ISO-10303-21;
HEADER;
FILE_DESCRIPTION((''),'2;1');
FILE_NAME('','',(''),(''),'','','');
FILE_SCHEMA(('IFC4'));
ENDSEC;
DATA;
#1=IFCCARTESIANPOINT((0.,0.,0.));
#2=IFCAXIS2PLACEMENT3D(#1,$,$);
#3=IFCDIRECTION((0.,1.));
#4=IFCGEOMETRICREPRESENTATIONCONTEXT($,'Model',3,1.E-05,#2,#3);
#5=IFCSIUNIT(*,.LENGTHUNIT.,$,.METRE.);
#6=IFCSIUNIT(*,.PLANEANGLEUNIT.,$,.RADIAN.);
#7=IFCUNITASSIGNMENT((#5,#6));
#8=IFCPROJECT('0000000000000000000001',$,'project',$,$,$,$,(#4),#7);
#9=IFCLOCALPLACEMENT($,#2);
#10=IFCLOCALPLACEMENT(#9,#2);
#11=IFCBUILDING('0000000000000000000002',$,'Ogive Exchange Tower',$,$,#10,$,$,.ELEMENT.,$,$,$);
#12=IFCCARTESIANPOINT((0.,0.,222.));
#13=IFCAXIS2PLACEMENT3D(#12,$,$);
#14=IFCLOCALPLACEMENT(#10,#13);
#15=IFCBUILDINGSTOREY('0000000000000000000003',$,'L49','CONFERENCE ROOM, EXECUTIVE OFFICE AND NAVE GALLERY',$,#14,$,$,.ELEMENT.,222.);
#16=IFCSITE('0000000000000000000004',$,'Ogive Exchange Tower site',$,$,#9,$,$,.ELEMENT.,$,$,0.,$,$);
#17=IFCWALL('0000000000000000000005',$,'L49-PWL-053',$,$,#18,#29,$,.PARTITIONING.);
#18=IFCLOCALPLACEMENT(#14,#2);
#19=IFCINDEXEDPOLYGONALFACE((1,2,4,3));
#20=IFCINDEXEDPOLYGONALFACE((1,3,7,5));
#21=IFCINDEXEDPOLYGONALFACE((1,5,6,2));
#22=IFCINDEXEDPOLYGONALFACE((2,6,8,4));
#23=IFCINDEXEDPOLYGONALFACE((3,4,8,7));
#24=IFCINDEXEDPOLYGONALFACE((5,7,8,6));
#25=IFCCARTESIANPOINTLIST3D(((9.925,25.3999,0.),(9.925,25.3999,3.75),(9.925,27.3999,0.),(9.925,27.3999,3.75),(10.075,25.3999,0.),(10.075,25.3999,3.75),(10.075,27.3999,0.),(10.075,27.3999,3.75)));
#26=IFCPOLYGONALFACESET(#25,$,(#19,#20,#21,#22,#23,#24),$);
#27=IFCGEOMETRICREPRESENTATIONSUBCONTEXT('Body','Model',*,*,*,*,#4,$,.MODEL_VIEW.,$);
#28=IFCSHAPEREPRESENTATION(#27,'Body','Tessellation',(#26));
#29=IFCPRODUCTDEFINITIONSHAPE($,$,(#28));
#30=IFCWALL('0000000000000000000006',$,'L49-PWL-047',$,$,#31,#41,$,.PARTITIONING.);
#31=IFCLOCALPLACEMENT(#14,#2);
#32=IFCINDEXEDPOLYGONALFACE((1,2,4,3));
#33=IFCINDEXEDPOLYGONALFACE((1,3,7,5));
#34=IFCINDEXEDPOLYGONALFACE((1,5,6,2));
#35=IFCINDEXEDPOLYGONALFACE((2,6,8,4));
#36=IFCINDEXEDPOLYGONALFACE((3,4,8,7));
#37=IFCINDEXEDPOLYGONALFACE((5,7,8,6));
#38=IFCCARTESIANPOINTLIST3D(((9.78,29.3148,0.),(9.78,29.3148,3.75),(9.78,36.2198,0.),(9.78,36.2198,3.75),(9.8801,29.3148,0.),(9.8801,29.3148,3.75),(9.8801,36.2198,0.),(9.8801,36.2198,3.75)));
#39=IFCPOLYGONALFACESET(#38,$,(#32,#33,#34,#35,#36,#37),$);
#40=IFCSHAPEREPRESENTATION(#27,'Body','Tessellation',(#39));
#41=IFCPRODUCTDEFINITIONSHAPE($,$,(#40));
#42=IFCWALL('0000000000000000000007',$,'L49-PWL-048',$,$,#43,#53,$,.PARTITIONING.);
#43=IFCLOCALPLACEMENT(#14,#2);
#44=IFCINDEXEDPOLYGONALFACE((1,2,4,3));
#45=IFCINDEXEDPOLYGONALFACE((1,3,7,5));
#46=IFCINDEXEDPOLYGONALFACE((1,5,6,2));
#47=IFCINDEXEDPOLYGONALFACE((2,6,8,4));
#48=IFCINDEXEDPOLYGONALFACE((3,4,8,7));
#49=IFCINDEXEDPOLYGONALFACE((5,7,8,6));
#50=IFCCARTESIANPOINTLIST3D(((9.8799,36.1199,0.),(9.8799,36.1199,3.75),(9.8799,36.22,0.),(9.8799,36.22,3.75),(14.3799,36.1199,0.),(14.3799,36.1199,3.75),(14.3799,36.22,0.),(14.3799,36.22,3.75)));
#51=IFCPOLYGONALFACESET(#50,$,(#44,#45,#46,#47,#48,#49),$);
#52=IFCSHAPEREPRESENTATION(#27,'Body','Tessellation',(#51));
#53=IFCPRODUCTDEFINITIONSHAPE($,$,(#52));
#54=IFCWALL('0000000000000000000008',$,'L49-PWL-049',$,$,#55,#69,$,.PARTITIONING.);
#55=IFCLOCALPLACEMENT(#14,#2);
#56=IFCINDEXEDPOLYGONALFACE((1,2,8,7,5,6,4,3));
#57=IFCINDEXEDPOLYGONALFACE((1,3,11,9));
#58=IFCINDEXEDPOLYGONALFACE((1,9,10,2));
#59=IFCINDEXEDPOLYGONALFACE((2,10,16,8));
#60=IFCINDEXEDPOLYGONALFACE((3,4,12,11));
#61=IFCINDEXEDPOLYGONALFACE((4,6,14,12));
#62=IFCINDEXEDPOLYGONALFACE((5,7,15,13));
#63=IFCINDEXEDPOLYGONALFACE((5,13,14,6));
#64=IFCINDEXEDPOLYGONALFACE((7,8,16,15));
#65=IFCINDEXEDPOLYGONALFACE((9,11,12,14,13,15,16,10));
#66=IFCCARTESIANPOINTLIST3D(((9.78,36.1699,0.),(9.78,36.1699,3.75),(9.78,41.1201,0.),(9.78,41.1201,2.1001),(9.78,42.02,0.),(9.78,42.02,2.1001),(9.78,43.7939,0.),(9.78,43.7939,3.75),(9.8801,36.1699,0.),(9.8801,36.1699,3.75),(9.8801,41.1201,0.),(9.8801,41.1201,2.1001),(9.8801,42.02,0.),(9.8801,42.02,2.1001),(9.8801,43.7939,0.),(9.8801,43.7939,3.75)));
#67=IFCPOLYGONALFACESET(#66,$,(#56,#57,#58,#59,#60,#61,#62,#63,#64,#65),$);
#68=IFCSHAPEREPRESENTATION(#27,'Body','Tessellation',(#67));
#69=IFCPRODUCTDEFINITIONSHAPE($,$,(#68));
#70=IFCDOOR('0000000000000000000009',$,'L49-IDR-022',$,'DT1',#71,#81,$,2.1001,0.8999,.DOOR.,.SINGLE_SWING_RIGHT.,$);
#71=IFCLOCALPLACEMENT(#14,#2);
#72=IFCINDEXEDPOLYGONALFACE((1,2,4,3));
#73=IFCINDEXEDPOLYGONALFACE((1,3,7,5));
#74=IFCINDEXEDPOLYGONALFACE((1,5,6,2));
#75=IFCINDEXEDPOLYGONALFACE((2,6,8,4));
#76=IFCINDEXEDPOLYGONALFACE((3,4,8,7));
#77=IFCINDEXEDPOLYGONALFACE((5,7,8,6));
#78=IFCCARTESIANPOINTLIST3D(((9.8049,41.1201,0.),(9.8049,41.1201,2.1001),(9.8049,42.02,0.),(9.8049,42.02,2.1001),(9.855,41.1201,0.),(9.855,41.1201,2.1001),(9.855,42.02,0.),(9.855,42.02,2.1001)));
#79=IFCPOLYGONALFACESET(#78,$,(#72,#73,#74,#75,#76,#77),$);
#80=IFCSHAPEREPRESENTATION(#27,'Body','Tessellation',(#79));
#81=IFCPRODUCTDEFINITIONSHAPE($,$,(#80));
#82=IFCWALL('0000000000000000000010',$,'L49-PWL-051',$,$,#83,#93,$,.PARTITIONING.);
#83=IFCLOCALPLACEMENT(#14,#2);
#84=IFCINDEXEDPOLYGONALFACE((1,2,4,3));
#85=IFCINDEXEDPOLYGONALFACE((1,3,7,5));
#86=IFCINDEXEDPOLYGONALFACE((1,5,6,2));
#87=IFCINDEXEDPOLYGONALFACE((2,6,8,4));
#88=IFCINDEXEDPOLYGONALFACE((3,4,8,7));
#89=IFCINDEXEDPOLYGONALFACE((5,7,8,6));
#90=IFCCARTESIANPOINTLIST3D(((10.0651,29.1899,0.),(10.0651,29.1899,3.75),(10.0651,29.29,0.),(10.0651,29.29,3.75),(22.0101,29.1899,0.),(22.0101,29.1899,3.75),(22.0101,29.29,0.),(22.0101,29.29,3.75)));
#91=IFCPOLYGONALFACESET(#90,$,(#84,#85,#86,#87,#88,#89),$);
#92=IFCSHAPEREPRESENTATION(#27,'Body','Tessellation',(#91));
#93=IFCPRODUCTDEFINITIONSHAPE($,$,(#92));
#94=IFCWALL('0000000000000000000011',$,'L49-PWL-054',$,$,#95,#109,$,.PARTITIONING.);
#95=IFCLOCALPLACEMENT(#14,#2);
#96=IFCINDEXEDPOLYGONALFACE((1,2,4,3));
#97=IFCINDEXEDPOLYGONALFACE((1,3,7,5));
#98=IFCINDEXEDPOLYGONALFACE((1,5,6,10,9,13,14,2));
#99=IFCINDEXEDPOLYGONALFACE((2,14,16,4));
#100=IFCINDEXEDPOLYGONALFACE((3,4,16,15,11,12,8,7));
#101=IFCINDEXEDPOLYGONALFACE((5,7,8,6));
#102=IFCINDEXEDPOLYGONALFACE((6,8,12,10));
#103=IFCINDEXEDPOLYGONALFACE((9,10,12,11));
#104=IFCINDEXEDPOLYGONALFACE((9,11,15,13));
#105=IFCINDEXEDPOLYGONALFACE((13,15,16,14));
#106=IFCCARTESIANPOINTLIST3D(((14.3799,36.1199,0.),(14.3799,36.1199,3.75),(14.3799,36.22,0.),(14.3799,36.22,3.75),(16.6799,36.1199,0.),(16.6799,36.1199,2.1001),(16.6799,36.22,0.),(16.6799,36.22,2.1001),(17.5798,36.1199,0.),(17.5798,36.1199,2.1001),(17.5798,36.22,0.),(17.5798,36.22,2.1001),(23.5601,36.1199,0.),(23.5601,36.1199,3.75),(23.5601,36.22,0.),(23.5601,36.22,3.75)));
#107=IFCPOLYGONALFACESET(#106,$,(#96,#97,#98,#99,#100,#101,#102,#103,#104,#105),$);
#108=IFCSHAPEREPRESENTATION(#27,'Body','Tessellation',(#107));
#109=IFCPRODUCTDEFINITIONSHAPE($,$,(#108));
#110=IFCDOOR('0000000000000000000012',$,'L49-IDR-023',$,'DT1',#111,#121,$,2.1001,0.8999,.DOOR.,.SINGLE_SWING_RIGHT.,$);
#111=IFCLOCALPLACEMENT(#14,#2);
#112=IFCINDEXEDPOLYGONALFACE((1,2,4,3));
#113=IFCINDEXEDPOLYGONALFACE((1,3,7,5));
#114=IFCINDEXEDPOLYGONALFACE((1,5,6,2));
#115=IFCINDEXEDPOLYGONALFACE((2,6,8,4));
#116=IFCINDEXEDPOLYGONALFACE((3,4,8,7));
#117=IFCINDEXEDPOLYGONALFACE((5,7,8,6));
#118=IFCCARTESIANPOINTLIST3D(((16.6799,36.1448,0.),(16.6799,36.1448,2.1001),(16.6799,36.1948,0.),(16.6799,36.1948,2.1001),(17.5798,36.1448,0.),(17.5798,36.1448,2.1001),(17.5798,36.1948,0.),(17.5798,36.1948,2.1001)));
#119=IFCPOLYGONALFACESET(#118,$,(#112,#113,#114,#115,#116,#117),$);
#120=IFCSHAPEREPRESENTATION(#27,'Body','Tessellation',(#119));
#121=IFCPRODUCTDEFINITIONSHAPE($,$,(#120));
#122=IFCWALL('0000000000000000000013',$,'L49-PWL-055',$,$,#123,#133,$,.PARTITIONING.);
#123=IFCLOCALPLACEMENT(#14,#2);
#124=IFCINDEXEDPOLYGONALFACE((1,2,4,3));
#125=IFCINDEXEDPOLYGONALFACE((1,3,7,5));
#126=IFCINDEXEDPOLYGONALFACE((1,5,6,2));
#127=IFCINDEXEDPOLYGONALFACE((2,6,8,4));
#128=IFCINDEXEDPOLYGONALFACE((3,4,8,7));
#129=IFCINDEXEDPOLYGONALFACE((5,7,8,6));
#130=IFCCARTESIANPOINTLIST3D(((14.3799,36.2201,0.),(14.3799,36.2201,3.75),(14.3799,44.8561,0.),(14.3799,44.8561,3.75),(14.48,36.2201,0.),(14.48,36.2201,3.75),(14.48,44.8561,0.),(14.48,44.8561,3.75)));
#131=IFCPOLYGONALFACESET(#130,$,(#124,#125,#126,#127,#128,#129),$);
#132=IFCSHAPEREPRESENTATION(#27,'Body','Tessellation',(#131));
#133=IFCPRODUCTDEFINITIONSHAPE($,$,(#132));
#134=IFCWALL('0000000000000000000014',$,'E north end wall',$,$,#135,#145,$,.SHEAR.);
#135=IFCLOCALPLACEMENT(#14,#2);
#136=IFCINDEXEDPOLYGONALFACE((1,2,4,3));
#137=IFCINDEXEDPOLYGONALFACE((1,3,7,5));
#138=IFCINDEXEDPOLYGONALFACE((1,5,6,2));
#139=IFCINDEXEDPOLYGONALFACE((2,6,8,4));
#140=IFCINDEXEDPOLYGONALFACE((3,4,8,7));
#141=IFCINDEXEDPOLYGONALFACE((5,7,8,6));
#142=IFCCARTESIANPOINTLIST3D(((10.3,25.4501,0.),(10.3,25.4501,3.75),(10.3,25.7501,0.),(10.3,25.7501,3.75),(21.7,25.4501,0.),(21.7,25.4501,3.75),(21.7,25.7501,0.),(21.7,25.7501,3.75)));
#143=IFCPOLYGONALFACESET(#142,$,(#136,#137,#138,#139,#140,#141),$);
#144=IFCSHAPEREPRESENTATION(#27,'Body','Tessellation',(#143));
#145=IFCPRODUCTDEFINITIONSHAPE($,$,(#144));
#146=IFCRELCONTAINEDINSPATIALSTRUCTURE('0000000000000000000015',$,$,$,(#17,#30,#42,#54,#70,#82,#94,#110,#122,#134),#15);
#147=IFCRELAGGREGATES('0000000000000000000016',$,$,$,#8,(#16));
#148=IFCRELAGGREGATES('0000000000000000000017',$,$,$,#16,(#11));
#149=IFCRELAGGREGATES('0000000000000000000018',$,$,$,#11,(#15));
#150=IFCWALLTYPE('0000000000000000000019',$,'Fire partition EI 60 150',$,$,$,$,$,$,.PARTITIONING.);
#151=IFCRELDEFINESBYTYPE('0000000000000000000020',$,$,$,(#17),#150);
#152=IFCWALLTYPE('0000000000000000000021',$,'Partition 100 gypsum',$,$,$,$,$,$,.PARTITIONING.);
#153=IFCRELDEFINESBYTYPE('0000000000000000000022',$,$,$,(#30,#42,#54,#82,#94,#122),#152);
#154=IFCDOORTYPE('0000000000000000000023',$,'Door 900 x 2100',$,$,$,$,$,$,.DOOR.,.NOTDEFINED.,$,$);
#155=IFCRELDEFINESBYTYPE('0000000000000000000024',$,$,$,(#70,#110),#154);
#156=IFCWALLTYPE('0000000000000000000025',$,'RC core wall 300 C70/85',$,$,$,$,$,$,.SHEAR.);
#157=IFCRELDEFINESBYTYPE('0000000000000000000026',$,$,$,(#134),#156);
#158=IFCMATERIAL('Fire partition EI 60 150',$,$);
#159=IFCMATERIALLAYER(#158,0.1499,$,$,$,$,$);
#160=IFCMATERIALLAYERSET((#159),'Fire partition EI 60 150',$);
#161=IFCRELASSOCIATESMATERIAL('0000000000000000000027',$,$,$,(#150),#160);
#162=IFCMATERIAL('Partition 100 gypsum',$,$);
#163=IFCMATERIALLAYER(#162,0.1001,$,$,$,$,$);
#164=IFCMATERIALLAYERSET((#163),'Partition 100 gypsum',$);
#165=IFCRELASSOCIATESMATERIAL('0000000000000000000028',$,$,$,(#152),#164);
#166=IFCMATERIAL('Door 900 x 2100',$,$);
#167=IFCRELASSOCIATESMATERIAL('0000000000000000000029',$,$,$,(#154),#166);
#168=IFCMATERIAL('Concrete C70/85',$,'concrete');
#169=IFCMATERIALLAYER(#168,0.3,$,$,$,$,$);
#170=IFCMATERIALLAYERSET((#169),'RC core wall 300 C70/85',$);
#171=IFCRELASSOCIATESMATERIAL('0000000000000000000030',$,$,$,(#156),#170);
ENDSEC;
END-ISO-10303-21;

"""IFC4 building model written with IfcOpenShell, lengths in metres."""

from ifc_helpers import new_model, si_unit, direction, frame, frame_2d, origin, place, context, subcontext, project, spatial, rectangle, extrude, material, layer, layer_set, type_object, element, fill, save


model = new_model("IFC4")

# Units and contexts
model_context = context("Model", 3, precision=1e-05, world=origin(), true_north=direction((0.0, 1.0)))
body_context = subcontext(model_context, "Body", "Model", "MODEL_VIEW")
ifc_project = project(units=[si_unit("LENGTHUNIT", "METRE"), si_unit("PLANEANGLEUNIT", "RADIAN")], contexts=[model_context])

# Site, building, storey
site_placement = place(None, origin())
site = spatial("IfcSite", under=ifc_project, at=site_placement, Name="Ogive Exchange Tower site", CompositionType="ELEMENT", RefElevation=0.0)
building_placement = place(site_placement, origin())
building = spatial("IfcBuilding", under=site, at=building_placement, Name="Ogive Exchange Tower", CompositionType="ELEMENT")
storey_placement = place(building_placement, frame((0.0, 0.0, 222.0)))
storey = spatial("IfcBuildingStorey", under=building, at=storey_placement, Name="L49", Description="CONFERENCE ROOM, EXECUTIVE OFFICE AND NAVE GALLERY", CompositionType="ELEMENT", Elevation=222.0)

# Shared definitions
ifc_material_1 = material(Name="Fire partition EI 60 150")
ifc_layer_1 = layer(ifc_material_1, 0.1499)
ifc_layer_set_1 = layer_set([ifc_layer_1], Name="Fire partition EI 60 150")
wall_type_1 = type_object("IfcWallType", Name="Fire partition EI 60 150", PredefinedType="PARTITIONING", material=ifc_layer_set_1)

# Walls
wall_1_placement = place(storey_placement, frame((10.0, 27.3999, 0.0), z_axis=(0.0, 0.0, 1.0), x_axis=(0.0, -1.0, 0.0)))
element("IfcWall", 1, at=wall_1_placement, inside=storey, type_object=wall_type_1, Name="L49-PWL-053", PredefinedType="PARTITIONING", context=body_context, shape_type="SweptSolid", body=[
    extrude(rectangle(XDim=2.0, YDim=0.1499, at=frame_2d((1.0, 0.0))), origin(), (0.0, 0.0, 1.0), 3.75),
])
ifc_material_2 = material(Name="Partition 100 gypsum")
ifc_layer_2 = layer(ifc_material_2, 0.1001)
ifc_layer_set_2 = layer_set([ifc_layer_2], Name="Partition 100 gypsum")
wall_type_2 = type_object("IfcWallType", Name="Partition 100 gypsum", PredefinedType="PARTITIONING", material=ifc_layer_set_2)
wall_2_placement = place(storey_placement, frame((9.8301, 36.22, 0.0), z_axis=(0.0, 0.0, 1.0), x_axis=(0.0, -1.0, 0.0)))
element("IfcWall", 2, at=wall_2_placement, inside=storey, type_object=wall_type_2, Name="L49-PWL-047", PredefinedType="PARTITIONING", context=body_context, shape_type="SweptSolid", body=[
    extrude(rectangle(XDim=6.905, YDim=0.1001, at=frame_2d((3.4526, 0.0))), origin(), (0.0, 0.0, 1.0), 3.75),
])
wall_3_placement = place(storey_placement, frame((9.8799, 36.1699, 0.0), z_axis=(0.0, 0.0, 1.0), x_axis=(1.0, 0.0, 0.0)))
element("IfcWall", 3, at=wall_3_placement, inside=storey, type_object=wall_type_2, Name="L49-PWL-048", PredefinedType="PARTITIONING", context=body_context, shape_type="SweptSolid", body=[
    extrude(rectangle(XDim=4.5, YDim=0.1001, at=frame_2d((2.25, 0.0))), origin(), (0.0, 0.0, 1.0), 3.75),
])

# Wall, opening, door
wall_4_placement = place(storey_placement, frame((9.8301, 43.7939, 0.0), z_axis=(0.0, 0.0, 1.0), x_axis=(0.0, -1.0, 0.0)))
wall_4 = element("IfcWall", 4, at=wall_4_placement, inside=storey, type_object=wall_type_2, Name="L49-PWL-049", PredefinedType="PARTITIONING", context=body_context, shape_type="SweptSolid", body=[
    extrude(rectangle(XDim=7.624, YDim=0.1001, at=frame_2d((3.812, 0.0))), origin(), (0.0, 0.0, 1.0), 3.75),
])
opening_1_placement = place(wall_4_placement, frame((1.7739, 0.0, 0.0)))
opening_1 = element("IfcOpeningElement", 5, at=opening_1_placement, cuts=wall_4, PredefinedType="OPENING", context=body_context, shape_type="SweptSolid", body=[
    extrude(rectangle(XDim=0.8999, YDim=2.1001, at=frame_2d((0.45, 1.05))), frame((0.0, 0.0601, 0.0), z_axis=(0.0, -1.0, 0.0), x_axis=(1.0, 0.0, 0.0)), (0.0, 0.0, 1.0), 0.1201),
])
ifc_material_3 = material(Name="Door 900 x 2100")
door_type_1 = type_object("IfcDoorType", Name="Door 900 x 2100", OperationType="NOTDEFINED", PredefinedType="DOOR", material=ifc_material_3)
door_1_placement = place(opening_1_placement, origin())
door_1 = element("IfcDoor", 6, at=door_1_placement, inside=storey, type_object=door_type_1, Name="L49-IDR-022", ObjectType="DT1", OperationType="SINGLE_SWING_RIGHT", OverallHeight=2.1001, OverallWidth=0.8999, PredefinedType="DOOR", context=body_context, shape_type="SweptSolid", body=[
    extrude(rectangle(XDim=0.8999, YDim=2.1001, at=frame_2d((0.45, 1.05))), frame((0.0, 0.0249, 0.0), z_axis=(0.0, -1.0, 0.0), x_axis=(1.0, 0.0, 0.0)), (0.0, 0.0, 1.0), 0.05),
])
fill(opening_1, door_1)

# Wall
wall_5_placement = place(storey_placement, frame((10.0649, 29.24, 0.0), z_axis=(0.0, 0.0, 1.0), x_axis=(1.0, 0.0, 0.0)))
element("IfcWall", 7, at=wall_5_placement, inside=storey, type_object=wall_type_2, Name="L49-PWL-051", PredefinedType="PARTITIONING", context=body_context, shape_type="SweptSolid", body=[
    extrude(rectangle(XDim=11.9451, YDim=0.1001, at=frame_2d((5.9727, 0.0))), origin(), (0.0, 0.0, 1.0), 3.75),
])

# Wall, opening, door
wall_6_placement = place(storey_placement, frame((14.3799, 36.1699, 0.0), z_axis=(0.0, 0.0, 1.0), x_axis=(1.0, 0.0, 0.0)))
wall_6 = element("IfcWall", 8, at=wall_6_placement, inside=storey, type_object=wall_type_2, Name="L49-PWL-054", PredefinedType="PARTITIONING", context=body_context, shape_type="SweptSolid", body=[
    extrude(rectangle(XDim=9.1802, YDim=0.1001, at=frame_2d((4.5901, 0.0))), origin(), (0.0, 0.0, 1.0), 3.75),
])
opening_2_placement = place(wall_6_placement, frame((2.3, 0.0, 0.0)))
opening_2 = element("IfcOpeningElement", 9, at=opening_2_placement, cuts=wall_6, PredefinedType="OPENING", context=body_context, shape_type="SweptSolid", body=[
    extrude(rectangle(XDim=0.8999, YDim=2.1001, at=frame_2d((0.45, 1.05))), frame((0.0, 0.0601, 0.0), z_axis=(0.0, -1.0, 0.0), x_axis=(1.0, 0.0, 0.0)), (0.0, 0.0, 1.0), 0.1201),
])
door_2_placement = place(opening_2_placement, origin())
door_2 = element("IfcDoor", 10, at=door_2_placement, inside=storey, type_object=door_type_1, Name="L49-IDR-023", ObjectType="DT1", OperationType="SINGLE_SWING_RIGHT", OverallHeight=2.1001, OverallWidth=0.8999, PredefinedType="DOOR", context=body_context, shape_type="SweptSolid", body=[
    extrude(rectangle(XDim=0.8999, YDim=2.1001, at=frame_2d((0.45, 1.05))), frame((0.0, 0.0249, 0.0), z_axis=(0.0, -1.0, 0.0), x_axis=(1.0, 0.0, 0.0)), (0.0, 0.0, 1.0), 0.05),
])
fill(opening_2, door_2)

# Walls
wall_7_placement = place(storey_placement, frame((14.4299, 44.856, 0.0), z_axis=(0.0, 0.0, 1.0), x_axis=(0.0, -1.0, 0.0)))
element("IfcWall", 11, at=wall_7_placement, inside=storey, type_object=wall_type_2, Name="L49-PWL-055", PredefinedType="PARTITIONING", context=body_context, shape_type="SweptSolid", body=[
    extrude(rectangle(XDim=8.636, YDim=0.1001, at=frame_2d((4.3179, 0.0))), origin(), (0.0, 0.0, 1.0), 3.75),
])
ifc_material_4 = material(Name="Concrete C70/85", Category="concrete")
ifc_layer_3 = layer(ifc_material_4, 0.3)
ifc_layer_set_3 = layer_set([ifc_layer_3], Name="RC core wall 300 C70/85")
wall_type_3 = type_object("IfcWallType", Name="RC core wall 300 C70/85", PredefinedType="SHEAR", material=ifc_layer_set_3)
wall_8_placement = place(storey_placement, frame((10.3, 25.6001, 0.0), z_axis=(0.0, 0.0, 1.0), x_axis=(1.0, 0.0, 0.0)))
element("IfcWall", 12, at=wall_8_placement, inside=storey, type_object=wall_type_3, Name="E north end wall", PredefinedType="SHEAR", context=body_context, shape_type="SweptSolid", body=[
    extrude(rectangle(XDim=11.3999, YDim=0.3, at=frame_2d((5.7, 0.0))), origin(), (0.0, 0.0, 1.0), 3.75),
])

save(model, "model.ifc")
